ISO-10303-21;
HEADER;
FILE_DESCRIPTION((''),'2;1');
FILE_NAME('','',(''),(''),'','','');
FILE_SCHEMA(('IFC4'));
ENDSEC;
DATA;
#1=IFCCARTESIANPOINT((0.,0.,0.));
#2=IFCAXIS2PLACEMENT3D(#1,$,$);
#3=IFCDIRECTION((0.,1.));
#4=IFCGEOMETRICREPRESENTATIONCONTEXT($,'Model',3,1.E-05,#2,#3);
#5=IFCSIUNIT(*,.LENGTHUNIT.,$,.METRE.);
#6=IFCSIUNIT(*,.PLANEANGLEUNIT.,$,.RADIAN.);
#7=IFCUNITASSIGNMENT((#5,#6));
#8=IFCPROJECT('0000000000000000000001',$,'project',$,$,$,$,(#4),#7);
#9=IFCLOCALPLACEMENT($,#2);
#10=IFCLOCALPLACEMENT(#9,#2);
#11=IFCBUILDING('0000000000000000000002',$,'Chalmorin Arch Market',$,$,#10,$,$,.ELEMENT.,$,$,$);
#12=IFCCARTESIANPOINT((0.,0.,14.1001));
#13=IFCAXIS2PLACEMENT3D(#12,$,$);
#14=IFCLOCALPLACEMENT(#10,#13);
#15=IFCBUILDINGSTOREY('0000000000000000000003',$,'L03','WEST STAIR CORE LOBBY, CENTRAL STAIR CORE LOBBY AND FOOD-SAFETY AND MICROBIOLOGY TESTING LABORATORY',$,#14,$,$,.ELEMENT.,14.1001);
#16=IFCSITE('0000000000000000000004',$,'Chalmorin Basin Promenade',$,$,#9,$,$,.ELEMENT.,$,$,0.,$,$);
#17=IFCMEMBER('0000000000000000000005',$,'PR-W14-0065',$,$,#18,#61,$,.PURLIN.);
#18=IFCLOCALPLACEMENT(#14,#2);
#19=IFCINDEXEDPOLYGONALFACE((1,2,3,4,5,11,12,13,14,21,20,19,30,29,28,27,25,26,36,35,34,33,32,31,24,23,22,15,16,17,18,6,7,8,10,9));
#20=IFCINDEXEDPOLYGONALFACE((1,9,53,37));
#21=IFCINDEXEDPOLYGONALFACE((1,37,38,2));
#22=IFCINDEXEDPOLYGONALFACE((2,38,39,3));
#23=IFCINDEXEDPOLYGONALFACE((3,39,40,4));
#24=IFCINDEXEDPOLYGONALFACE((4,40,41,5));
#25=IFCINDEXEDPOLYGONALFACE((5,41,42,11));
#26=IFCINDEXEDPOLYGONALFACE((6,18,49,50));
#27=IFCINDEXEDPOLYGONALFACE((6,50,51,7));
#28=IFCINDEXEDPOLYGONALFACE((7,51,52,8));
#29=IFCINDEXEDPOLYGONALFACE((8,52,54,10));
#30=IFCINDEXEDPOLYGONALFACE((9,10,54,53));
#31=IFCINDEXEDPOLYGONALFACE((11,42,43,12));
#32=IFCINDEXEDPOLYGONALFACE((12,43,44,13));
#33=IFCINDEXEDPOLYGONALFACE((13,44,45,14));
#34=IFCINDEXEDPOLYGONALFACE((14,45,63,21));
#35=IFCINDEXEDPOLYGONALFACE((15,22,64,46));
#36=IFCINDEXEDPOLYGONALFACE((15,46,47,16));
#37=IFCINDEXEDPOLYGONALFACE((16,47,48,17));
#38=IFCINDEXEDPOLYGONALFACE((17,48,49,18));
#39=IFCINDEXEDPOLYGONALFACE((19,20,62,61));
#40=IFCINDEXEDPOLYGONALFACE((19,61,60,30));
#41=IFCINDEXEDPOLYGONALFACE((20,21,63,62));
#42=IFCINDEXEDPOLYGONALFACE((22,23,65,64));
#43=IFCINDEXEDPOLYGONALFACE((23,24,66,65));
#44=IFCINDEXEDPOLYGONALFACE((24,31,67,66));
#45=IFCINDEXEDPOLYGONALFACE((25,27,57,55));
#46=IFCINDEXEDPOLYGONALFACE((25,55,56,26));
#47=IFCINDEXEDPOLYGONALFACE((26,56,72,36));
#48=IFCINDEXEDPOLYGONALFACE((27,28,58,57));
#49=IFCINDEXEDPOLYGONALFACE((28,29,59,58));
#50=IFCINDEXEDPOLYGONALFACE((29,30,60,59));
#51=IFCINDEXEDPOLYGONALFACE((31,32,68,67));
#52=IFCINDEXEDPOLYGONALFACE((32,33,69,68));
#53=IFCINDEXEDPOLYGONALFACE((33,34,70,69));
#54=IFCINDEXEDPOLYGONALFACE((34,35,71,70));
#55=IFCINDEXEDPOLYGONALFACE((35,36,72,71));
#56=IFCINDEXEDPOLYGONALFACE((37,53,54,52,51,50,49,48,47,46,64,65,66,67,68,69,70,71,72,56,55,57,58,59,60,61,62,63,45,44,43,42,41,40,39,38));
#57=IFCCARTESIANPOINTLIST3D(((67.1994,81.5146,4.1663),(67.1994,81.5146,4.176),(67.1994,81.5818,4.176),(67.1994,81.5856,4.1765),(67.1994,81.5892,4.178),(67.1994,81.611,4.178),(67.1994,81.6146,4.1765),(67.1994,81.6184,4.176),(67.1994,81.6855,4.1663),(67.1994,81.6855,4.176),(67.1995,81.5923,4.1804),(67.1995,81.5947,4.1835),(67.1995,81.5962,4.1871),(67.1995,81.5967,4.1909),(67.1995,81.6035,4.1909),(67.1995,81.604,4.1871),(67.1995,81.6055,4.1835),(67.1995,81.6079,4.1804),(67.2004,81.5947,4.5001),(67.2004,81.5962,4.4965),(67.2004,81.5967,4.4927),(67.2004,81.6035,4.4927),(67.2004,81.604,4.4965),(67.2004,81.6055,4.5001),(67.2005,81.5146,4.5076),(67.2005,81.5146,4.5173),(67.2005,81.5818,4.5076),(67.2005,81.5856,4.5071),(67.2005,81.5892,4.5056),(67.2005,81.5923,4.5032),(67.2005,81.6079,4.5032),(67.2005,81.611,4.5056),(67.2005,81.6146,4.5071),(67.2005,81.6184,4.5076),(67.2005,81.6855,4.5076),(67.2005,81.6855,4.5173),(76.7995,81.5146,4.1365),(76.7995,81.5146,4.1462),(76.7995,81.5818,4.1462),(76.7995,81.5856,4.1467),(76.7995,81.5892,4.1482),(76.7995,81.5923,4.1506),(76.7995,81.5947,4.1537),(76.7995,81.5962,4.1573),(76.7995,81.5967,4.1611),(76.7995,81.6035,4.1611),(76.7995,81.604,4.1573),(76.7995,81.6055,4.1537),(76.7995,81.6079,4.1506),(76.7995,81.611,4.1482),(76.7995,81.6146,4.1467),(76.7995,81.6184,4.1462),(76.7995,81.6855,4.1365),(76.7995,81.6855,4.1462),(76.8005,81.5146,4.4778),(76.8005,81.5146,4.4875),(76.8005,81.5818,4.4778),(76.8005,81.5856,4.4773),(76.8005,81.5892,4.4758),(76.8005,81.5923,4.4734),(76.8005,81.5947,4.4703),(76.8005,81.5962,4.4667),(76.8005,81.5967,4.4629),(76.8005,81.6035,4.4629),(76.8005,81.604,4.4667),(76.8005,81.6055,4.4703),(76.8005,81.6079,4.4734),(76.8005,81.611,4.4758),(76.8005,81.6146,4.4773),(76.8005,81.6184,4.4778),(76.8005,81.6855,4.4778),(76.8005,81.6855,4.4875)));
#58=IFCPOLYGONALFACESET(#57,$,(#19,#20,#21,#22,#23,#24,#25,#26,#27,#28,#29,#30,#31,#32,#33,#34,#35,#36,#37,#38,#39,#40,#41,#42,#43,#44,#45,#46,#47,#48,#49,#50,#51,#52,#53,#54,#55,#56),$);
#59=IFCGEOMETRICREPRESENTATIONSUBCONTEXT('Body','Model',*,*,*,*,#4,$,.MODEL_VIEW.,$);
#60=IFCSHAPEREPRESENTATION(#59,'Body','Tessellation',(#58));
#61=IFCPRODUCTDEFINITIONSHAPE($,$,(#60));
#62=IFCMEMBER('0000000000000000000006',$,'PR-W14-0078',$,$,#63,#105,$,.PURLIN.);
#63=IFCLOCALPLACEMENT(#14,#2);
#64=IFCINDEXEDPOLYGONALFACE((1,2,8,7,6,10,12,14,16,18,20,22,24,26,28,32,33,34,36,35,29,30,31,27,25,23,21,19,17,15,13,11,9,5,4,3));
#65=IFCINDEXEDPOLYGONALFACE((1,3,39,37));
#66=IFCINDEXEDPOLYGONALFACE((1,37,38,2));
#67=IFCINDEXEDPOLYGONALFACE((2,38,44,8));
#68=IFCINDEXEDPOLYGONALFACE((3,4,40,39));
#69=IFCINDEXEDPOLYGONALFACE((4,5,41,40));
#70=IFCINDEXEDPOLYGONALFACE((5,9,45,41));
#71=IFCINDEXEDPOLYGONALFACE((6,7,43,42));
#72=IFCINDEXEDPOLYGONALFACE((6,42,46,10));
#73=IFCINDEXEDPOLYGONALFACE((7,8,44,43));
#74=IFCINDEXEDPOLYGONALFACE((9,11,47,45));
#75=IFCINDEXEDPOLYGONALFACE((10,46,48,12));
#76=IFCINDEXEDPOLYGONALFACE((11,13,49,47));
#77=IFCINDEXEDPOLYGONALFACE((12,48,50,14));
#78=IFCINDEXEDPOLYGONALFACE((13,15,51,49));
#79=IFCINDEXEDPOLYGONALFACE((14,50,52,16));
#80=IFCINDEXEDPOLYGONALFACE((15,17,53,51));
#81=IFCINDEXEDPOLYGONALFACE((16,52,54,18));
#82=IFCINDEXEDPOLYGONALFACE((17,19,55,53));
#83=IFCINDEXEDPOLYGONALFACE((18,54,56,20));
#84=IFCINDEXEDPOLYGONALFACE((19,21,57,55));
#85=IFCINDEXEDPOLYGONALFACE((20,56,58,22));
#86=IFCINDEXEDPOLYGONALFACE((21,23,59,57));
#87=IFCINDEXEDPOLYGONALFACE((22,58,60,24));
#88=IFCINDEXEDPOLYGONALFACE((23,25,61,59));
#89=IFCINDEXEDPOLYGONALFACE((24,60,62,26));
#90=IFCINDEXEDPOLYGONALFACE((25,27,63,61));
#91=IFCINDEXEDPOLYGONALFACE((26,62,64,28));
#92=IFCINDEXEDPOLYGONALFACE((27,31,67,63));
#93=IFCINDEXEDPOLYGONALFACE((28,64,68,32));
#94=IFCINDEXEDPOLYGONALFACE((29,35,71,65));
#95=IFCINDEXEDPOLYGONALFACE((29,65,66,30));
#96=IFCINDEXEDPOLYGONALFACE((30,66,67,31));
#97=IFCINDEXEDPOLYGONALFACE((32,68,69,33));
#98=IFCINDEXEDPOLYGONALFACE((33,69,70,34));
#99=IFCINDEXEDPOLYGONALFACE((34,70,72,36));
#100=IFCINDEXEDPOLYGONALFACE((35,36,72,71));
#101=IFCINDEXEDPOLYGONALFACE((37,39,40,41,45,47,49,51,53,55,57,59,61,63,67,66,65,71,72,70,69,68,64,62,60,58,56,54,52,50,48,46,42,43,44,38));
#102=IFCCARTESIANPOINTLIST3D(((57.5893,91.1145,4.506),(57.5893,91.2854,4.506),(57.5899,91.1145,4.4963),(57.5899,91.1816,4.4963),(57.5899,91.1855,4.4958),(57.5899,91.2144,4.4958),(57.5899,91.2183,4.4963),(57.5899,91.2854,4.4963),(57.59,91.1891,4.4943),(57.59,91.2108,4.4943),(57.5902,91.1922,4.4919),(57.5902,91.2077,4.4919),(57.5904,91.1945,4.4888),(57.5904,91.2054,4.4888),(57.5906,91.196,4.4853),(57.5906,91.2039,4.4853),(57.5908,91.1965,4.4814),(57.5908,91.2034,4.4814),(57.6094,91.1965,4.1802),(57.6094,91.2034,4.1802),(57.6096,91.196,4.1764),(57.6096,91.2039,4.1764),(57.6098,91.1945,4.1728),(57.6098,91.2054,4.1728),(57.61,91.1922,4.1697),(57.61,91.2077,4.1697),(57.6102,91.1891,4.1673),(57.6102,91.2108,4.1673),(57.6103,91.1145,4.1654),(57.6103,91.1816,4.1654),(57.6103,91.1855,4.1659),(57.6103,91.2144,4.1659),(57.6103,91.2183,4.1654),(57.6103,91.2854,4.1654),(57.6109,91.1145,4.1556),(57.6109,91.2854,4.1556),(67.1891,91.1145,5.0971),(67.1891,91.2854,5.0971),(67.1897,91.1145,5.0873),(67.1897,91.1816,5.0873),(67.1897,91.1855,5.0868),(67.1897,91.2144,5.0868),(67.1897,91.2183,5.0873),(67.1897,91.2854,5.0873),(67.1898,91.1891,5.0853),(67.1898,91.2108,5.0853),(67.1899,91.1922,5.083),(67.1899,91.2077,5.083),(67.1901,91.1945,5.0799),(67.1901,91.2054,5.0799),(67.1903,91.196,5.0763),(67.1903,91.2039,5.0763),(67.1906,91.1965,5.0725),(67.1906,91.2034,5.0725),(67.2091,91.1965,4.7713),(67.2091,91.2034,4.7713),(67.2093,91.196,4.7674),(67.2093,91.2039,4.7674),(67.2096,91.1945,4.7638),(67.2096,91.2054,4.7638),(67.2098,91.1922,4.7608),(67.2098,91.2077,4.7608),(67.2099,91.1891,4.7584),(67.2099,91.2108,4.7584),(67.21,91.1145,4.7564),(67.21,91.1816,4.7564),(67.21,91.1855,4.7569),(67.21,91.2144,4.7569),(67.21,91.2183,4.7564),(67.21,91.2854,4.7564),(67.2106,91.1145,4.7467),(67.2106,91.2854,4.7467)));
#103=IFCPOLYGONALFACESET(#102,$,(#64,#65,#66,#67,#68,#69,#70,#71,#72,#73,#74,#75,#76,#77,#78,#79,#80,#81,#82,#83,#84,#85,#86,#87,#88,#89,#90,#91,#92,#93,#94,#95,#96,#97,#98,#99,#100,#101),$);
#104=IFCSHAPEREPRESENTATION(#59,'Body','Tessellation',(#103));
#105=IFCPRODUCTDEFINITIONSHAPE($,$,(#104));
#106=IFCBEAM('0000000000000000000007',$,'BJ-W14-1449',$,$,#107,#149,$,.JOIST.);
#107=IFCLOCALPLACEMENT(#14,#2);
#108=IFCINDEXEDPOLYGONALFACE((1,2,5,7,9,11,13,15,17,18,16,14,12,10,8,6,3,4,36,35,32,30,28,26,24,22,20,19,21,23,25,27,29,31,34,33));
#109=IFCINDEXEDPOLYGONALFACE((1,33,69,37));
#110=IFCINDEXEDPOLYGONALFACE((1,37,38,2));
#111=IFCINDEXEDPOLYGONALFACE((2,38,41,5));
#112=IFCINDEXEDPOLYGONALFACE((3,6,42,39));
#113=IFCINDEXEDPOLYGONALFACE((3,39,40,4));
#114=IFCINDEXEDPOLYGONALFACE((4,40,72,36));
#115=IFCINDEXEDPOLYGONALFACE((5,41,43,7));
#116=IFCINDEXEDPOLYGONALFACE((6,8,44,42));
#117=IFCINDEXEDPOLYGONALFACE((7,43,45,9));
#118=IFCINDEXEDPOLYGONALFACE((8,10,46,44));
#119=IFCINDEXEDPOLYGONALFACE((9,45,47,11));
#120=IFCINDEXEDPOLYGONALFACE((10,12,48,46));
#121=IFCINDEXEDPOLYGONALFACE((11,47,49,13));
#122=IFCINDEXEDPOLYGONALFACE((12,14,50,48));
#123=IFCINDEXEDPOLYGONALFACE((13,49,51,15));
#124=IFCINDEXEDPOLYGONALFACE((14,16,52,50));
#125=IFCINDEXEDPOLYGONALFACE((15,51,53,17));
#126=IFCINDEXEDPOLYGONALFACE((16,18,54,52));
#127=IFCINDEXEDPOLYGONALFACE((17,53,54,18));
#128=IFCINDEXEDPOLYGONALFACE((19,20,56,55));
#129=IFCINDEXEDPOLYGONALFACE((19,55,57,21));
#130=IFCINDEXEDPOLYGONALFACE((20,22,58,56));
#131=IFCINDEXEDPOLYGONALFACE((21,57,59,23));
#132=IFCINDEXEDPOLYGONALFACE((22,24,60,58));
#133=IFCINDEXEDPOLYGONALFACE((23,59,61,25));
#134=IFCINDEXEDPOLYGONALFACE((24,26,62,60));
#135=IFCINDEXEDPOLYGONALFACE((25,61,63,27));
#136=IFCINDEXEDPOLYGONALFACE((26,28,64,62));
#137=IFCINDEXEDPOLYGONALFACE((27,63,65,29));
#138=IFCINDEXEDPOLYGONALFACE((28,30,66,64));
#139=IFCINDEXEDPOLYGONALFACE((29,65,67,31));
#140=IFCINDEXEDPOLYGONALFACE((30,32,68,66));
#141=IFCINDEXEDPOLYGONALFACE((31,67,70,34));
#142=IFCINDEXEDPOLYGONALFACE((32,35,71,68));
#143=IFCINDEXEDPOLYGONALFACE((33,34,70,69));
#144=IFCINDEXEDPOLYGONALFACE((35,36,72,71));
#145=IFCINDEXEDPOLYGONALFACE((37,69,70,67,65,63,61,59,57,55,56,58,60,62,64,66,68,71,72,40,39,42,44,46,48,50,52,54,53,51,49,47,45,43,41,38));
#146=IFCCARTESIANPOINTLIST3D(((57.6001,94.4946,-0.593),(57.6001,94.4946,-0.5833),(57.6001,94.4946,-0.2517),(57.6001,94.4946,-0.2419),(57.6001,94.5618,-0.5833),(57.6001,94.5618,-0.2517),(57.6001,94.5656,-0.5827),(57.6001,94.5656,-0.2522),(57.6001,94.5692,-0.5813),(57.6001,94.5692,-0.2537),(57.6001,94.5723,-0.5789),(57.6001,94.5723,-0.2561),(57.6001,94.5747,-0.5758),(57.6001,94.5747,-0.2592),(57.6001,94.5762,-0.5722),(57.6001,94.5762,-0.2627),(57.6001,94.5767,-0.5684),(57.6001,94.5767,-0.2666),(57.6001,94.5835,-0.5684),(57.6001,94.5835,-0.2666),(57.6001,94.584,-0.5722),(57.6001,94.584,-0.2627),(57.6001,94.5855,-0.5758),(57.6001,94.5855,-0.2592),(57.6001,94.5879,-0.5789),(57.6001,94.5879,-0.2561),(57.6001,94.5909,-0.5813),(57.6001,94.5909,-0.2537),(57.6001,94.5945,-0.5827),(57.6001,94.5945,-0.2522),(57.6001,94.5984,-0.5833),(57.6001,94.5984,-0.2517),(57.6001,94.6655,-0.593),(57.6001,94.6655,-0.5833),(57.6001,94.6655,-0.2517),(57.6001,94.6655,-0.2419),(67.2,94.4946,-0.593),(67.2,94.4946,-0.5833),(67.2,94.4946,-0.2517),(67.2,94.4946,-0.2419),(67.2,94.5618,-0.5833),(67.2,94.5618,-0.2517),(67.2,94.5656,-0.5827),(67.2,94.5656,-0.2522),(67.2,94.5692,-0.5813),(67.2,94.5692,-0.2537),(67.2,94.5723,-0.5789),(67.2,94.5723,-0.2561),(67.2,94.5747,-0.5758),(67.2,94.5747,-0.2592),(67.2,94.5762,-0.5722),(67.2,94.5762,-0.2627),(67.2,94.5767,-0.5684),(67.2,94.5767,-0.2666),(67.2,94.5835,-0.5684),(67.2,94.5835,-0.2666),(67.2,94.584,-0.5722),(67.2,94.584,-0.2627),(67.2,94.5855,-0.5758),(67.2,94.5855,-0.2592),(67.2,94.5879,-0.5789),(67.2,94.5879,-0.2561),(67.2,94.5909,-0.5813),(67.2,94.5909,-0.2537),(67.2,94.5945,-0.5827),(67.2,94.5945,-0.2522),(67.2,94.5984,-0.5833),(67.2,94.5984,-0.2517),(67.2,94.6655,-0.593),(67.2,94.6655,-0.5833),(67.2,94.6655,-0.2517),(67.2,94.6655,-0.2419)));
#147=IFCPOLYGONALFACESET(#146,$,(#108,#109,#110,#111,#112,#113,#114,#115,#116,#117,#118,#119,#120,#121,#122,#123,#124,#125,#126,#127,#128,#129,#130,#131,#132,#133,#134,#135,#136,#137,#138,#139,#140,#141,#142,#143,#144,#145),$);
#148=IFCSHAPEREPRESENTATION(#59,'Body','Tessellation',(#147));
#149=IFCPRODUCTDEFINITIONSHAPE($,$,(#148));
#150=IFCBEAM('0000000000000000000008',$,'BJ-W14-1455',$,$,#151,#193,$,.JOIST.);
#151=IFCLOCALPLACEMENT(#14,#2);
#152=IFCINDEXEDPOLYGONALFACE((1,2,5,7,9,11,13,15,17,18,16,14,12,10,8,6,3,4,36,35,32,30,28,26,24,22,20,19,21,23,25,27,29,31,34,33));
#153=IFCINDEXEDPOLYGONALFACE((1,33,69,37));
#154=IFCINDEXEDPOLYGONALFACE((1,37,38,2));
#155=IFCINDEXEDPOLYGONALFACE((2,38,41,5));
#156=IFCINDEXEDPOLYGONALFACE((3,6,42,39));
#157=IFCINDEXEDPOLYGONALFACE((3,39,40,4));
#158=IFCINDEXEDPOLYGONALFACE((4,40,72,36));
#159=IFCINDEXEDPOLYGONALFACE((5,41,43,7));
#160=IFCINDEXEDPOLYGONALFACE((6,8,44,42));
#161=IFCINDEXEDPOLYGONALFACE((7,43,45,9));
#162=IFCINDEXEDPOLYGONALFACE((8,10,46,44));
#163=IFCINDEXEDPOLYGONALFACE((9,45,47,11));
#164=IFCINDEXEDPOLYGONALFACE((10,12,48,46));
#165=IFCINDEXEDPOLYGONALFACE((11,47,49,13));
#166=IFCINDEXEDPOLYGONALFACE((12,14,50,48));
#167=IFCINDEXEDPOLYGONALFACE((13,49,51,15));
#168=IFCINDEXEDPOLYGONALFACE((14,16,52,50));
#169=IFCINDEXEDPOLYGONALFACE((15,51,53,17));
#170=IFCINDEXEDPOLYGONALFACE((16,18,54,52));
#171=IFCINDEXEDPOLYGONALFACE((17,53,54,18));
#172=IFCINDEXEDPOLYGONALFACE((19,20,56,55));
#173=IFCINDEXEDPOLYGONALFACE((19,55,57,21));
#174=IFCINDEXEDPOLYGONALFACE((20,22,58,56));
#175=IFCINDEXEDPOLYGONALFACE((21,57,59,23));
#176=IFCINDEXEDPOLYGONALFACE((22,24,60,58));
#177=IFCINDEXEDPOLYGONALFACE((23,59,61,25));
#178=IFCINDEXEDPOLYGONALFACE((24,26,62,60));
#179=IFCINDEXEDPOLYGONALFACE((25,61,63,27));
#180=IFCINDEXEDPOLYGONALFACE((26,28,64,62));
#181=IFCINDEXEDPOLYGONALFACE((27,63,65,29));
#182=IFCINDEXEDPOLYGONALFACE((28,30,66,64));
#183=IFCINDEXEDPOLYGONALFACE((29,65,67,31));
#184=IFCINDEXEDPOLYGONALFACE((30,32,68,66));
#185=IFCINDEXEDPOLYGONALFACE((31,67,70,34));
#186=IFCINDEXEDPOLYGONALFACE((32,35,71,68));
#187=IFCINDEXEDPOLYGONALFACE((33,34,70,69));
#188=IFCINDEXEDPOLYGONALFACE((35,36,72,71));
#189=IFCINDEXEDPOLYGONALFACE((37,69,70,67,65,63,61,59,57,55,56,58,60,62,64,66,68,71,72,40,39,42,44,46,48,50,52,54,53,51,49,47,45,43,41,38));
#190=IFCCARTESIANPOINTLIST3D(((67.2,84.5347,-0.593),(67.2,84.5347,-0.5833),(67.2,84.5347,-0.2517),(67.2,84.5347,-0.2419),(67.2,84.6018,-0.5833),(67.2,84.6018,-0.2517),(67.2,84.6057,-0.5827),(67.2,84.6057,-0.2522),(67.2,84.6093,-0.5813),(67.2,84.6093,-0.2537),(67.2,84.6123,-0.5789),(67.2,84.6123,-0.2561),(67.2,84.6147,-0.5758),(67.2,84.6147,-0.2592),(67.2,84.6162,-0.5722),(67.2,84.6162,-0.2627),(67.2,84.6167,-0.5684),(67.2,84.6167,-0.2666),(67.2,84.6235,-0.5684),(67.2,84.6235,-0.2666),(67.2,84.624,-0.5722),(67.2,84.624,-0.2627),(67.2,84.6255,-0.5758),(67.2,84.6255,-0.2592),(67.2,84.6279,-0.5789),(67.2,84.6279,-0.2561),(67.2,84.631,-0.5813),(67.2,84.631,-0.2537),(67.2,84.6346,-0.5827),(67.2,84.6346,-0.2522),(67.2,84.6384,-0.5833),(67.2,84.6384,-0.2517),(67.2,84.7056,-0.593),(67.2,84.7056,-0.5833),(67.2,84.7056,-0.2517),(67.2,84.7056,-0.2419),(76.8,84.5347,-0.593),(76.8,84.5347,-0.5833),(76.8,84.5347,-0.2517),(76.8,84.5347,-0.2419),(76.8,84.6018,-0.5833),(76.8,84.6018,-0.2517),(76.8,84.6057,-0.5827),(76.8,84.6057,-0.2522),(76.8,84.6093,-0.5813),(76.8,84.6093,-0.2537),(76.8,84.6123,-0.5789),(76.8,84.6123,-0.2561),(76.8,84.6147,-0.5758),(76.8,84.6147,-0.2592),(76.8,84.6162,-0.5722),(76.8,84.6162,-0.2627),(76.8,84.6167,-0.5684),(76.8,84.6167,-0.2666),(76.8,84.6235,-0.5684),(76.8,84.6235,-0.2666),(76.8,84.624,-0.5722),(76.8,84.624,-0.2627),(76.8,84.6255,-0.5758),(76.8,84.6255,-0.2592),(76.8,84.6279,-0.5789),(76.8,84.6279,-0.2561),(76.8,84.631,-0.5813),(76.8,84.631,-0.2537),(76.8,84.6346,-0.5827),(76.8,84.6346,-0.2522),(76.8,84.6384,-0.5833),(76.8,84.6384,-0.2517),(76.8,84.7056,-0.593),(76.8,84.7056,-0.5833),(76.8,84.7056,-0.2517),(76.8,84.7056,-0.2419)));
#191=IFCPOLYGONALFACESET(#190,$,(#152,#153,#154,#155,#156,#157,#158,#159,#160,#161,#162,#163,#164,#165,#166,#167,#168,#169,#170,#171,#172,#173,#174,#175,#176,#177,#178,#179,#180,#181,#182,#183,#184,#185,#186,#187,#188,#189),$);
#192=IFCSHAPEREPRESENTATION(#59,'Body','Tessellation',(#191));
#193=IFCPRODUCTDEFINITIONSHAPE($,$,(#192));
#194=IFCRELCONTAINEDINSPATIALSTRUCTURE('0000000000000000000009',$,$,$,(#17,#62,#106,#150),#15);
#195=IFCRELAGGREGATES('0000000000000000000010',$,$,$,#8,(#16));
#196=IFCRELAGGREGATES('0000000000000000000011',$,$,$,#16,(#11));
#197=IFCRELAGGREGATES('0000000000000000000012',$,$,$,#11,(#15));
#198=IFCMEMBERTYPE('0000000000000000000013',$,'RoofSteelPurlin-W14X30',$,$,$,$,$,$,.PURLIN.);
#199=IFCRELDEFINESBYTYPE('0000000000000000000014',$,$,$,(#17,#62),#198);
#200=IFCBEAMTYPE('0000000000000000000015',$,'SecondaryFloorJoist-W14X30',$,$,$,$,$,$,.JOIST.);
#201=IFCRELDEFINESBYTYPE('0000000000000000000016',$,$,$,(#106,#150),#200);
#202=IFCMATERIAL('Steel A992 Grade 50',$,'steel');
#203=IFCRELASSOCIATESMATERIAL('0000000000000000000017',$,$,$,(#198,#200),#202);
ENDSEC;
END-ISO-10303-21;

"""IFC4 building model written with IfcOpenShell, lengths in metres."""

from ifc_helpers import new_model, si_unit, direction, frame, origin, origin_2d, place, context, subcontext, project, spatial, i_section, extrude, material, material_profile, profile_set, type_object, element, save


model = new_model("IFC4")

# Units and contexts
model_context = context("Model", 3, precision=1e-05, world=origin(), true_north=direction((0.0, 1.0)))
body_context = subcontext(model_context, "Body", "Model", "MODEL_VIEW")
ifc_project = project(units=[si_unit("LENGTHUNIT", "METRE"), si_unit("PLANEANGLEUNIT", "RADIAN")], contexts=[model_context])

# Site, building, storey
site_placement = place(None, origin())
site = spatial("IfcSite", under=ifc_project, at=site_placement, Name="Chalmorin Basin Promenade", CompositionType="ELEMENT", RefElevation=0.0)
building_placement = place(site_placement, origin())
building = spatial("IfcBuilding", under=site, at=building_placement, Name="Chalmorin Arch Market", CompositionType="ELEMENT")
storey_placement = place(building_placement, frame((0.0, 0.0, 14.1001)))
storey = spatial("IfcBuildingStorey", under=building, at=storey_placement, Name="L03", Description="WEST STAIR CORE LOBBY, CENTRAL STAIR CORE LOBBY AND FOOD-SAFETY AND MICROBIOLOGY TESTING LABORATORY", CompositionType="ELEMENT", Elevation=14.1001)

# Shared definitions
ifc_material_1 = material(Name="Steel A992 Grade 50", Category="steel")

# Members
ifc_material_profile_1 = material_profile(ifc_material_1, i_section(OverallWidth=0.1709, OverallDepth=0.3511, WebThickness=0.0068, FlangeThickness=0.0098, FilletRadius=0.0149, at=origin_2d()), Name="W14X30")
ifc_profile_set_1 = profile_set([ifc_material_profile_1], Name="Steel A992 Grade 50")
member_type = type_object("IfcMemberType", Name="RoofSteelPurlin-W14X30", PredefinedType="PURLIN", material=ifc_profile_set_1)
for number, where, z_axis, x_axis, name in (
    (1, (67.2, 81.6001, 4.3418), (0.999995, 0.0, -0.003103), (0.0, 1.0, 0.0), "PR-W14-0065"),
):
    element("IfcMember", number, at=place(storey_placement, frame(where, z_axis=z_axis, x_axis=x_axis)), inside=storey, type_object=member_type, Name=name, PredefinedType="PURLIN", context=body_context, shape_type="SweptSolid", body=[
        extrude(i_section(OverallWidth=0.1709, OverallDepth=0.3511, WebThickness=0.0068, FlangeThickness=0.0098, FilletRadius=0.0149, at=origin_2d()), origin(), (0.0, 0.0, 1.0), 9.6001),
    ])
member_placement = place(storey_placement, frame((57.6001, 91.2, 4.3308), z_axis=(0.99811, 0.0, 0.061454), x_axis=(0.0, 1.0, 0.0)))
element("IfcMember", 2, at=member_placement, inside=storey, type_object=member_type, Name="PR-W14-0078", PredefinedType="PURLIN", context=body_context, shape_type="SweptSolid", body=[
    extrude(i_section(OverallWidth=0.1709, OverallDepth=0.3511, WebThickness=0.0068, FlangeThickness=0.0098, FilletRadius=0.0149, at=origin_2d()), origin(), (0.0, 0.0, 1.0), 9.6179),
])

# Beams
ifc_material_profile_2 = material_profile(ifc_material_1, i_section(OverallWidth=0.1709, OverallDepth=0.3511, WebThickness=0.0068, FlangeThickness=0.0098, FilletRadius=0.0149, at=origin_2d()), Name="W14X30")
ifc_profile_set_2 = profile_set([ifc_material_profile_2], Name="Steel A992 Grade 50")
beam_type_1 = type_object("IfcBeamType", Name="SecondaryFloorJoist-W14X30", PredefinedType="JOIST", material=ifc_profile_set_2)
beam_1_placement = place(storey_placement, frame((57.6001, 94.5801, -0.4175), z_axis=(1.0, 0.0, 0.0), x_axis=(0.0, 1.0, 0.0)))
element("IfcBeam", 3, at=beam_1_placement, inside=storey, type_object=beam_type_1, Name="BJ-W14-1449", PredefinedType="JOIST", context=body_context, shape_type="SweptSolid", body=[
    extrude(i_section(OverallWidth=0.1709, OverallDepth=0.3511, WebThickness=0.0068, FlangeThickness=0.0098, FilletRadius=0.0149, at=origin_2d()), origin(), (0.0, 0.0, 1.0), 9.5999),
])
for number, where, z_axis, x_axis, name in (
    (4, (67.2, 84.6201, -0.4175), (1.0, 0.0, 0.0), (0.0, 1.0, 0.0), "BJ-W14-1455"),
):
    element("IfcBeam", number, at=place(storey_placement, frame(where, z_axis=z_axis, x_axis=x_axis)), inside=storey, type_object=beam_type_1, Name=name, PredefinedType="JOIST", context=body_context, shape_type="SweptSolid", body=[
        extrude(i_section(OverallWidth=0.1709, OverallDepth=0.3511, WebThickness=0.0068, FlangeThickness=0.0098, FilletRadius=0.0149, at=origin_2d()), origin(), (0.0, 0.0, 1.0), 9.6001),
    ])

save(model, "model.ifc")
